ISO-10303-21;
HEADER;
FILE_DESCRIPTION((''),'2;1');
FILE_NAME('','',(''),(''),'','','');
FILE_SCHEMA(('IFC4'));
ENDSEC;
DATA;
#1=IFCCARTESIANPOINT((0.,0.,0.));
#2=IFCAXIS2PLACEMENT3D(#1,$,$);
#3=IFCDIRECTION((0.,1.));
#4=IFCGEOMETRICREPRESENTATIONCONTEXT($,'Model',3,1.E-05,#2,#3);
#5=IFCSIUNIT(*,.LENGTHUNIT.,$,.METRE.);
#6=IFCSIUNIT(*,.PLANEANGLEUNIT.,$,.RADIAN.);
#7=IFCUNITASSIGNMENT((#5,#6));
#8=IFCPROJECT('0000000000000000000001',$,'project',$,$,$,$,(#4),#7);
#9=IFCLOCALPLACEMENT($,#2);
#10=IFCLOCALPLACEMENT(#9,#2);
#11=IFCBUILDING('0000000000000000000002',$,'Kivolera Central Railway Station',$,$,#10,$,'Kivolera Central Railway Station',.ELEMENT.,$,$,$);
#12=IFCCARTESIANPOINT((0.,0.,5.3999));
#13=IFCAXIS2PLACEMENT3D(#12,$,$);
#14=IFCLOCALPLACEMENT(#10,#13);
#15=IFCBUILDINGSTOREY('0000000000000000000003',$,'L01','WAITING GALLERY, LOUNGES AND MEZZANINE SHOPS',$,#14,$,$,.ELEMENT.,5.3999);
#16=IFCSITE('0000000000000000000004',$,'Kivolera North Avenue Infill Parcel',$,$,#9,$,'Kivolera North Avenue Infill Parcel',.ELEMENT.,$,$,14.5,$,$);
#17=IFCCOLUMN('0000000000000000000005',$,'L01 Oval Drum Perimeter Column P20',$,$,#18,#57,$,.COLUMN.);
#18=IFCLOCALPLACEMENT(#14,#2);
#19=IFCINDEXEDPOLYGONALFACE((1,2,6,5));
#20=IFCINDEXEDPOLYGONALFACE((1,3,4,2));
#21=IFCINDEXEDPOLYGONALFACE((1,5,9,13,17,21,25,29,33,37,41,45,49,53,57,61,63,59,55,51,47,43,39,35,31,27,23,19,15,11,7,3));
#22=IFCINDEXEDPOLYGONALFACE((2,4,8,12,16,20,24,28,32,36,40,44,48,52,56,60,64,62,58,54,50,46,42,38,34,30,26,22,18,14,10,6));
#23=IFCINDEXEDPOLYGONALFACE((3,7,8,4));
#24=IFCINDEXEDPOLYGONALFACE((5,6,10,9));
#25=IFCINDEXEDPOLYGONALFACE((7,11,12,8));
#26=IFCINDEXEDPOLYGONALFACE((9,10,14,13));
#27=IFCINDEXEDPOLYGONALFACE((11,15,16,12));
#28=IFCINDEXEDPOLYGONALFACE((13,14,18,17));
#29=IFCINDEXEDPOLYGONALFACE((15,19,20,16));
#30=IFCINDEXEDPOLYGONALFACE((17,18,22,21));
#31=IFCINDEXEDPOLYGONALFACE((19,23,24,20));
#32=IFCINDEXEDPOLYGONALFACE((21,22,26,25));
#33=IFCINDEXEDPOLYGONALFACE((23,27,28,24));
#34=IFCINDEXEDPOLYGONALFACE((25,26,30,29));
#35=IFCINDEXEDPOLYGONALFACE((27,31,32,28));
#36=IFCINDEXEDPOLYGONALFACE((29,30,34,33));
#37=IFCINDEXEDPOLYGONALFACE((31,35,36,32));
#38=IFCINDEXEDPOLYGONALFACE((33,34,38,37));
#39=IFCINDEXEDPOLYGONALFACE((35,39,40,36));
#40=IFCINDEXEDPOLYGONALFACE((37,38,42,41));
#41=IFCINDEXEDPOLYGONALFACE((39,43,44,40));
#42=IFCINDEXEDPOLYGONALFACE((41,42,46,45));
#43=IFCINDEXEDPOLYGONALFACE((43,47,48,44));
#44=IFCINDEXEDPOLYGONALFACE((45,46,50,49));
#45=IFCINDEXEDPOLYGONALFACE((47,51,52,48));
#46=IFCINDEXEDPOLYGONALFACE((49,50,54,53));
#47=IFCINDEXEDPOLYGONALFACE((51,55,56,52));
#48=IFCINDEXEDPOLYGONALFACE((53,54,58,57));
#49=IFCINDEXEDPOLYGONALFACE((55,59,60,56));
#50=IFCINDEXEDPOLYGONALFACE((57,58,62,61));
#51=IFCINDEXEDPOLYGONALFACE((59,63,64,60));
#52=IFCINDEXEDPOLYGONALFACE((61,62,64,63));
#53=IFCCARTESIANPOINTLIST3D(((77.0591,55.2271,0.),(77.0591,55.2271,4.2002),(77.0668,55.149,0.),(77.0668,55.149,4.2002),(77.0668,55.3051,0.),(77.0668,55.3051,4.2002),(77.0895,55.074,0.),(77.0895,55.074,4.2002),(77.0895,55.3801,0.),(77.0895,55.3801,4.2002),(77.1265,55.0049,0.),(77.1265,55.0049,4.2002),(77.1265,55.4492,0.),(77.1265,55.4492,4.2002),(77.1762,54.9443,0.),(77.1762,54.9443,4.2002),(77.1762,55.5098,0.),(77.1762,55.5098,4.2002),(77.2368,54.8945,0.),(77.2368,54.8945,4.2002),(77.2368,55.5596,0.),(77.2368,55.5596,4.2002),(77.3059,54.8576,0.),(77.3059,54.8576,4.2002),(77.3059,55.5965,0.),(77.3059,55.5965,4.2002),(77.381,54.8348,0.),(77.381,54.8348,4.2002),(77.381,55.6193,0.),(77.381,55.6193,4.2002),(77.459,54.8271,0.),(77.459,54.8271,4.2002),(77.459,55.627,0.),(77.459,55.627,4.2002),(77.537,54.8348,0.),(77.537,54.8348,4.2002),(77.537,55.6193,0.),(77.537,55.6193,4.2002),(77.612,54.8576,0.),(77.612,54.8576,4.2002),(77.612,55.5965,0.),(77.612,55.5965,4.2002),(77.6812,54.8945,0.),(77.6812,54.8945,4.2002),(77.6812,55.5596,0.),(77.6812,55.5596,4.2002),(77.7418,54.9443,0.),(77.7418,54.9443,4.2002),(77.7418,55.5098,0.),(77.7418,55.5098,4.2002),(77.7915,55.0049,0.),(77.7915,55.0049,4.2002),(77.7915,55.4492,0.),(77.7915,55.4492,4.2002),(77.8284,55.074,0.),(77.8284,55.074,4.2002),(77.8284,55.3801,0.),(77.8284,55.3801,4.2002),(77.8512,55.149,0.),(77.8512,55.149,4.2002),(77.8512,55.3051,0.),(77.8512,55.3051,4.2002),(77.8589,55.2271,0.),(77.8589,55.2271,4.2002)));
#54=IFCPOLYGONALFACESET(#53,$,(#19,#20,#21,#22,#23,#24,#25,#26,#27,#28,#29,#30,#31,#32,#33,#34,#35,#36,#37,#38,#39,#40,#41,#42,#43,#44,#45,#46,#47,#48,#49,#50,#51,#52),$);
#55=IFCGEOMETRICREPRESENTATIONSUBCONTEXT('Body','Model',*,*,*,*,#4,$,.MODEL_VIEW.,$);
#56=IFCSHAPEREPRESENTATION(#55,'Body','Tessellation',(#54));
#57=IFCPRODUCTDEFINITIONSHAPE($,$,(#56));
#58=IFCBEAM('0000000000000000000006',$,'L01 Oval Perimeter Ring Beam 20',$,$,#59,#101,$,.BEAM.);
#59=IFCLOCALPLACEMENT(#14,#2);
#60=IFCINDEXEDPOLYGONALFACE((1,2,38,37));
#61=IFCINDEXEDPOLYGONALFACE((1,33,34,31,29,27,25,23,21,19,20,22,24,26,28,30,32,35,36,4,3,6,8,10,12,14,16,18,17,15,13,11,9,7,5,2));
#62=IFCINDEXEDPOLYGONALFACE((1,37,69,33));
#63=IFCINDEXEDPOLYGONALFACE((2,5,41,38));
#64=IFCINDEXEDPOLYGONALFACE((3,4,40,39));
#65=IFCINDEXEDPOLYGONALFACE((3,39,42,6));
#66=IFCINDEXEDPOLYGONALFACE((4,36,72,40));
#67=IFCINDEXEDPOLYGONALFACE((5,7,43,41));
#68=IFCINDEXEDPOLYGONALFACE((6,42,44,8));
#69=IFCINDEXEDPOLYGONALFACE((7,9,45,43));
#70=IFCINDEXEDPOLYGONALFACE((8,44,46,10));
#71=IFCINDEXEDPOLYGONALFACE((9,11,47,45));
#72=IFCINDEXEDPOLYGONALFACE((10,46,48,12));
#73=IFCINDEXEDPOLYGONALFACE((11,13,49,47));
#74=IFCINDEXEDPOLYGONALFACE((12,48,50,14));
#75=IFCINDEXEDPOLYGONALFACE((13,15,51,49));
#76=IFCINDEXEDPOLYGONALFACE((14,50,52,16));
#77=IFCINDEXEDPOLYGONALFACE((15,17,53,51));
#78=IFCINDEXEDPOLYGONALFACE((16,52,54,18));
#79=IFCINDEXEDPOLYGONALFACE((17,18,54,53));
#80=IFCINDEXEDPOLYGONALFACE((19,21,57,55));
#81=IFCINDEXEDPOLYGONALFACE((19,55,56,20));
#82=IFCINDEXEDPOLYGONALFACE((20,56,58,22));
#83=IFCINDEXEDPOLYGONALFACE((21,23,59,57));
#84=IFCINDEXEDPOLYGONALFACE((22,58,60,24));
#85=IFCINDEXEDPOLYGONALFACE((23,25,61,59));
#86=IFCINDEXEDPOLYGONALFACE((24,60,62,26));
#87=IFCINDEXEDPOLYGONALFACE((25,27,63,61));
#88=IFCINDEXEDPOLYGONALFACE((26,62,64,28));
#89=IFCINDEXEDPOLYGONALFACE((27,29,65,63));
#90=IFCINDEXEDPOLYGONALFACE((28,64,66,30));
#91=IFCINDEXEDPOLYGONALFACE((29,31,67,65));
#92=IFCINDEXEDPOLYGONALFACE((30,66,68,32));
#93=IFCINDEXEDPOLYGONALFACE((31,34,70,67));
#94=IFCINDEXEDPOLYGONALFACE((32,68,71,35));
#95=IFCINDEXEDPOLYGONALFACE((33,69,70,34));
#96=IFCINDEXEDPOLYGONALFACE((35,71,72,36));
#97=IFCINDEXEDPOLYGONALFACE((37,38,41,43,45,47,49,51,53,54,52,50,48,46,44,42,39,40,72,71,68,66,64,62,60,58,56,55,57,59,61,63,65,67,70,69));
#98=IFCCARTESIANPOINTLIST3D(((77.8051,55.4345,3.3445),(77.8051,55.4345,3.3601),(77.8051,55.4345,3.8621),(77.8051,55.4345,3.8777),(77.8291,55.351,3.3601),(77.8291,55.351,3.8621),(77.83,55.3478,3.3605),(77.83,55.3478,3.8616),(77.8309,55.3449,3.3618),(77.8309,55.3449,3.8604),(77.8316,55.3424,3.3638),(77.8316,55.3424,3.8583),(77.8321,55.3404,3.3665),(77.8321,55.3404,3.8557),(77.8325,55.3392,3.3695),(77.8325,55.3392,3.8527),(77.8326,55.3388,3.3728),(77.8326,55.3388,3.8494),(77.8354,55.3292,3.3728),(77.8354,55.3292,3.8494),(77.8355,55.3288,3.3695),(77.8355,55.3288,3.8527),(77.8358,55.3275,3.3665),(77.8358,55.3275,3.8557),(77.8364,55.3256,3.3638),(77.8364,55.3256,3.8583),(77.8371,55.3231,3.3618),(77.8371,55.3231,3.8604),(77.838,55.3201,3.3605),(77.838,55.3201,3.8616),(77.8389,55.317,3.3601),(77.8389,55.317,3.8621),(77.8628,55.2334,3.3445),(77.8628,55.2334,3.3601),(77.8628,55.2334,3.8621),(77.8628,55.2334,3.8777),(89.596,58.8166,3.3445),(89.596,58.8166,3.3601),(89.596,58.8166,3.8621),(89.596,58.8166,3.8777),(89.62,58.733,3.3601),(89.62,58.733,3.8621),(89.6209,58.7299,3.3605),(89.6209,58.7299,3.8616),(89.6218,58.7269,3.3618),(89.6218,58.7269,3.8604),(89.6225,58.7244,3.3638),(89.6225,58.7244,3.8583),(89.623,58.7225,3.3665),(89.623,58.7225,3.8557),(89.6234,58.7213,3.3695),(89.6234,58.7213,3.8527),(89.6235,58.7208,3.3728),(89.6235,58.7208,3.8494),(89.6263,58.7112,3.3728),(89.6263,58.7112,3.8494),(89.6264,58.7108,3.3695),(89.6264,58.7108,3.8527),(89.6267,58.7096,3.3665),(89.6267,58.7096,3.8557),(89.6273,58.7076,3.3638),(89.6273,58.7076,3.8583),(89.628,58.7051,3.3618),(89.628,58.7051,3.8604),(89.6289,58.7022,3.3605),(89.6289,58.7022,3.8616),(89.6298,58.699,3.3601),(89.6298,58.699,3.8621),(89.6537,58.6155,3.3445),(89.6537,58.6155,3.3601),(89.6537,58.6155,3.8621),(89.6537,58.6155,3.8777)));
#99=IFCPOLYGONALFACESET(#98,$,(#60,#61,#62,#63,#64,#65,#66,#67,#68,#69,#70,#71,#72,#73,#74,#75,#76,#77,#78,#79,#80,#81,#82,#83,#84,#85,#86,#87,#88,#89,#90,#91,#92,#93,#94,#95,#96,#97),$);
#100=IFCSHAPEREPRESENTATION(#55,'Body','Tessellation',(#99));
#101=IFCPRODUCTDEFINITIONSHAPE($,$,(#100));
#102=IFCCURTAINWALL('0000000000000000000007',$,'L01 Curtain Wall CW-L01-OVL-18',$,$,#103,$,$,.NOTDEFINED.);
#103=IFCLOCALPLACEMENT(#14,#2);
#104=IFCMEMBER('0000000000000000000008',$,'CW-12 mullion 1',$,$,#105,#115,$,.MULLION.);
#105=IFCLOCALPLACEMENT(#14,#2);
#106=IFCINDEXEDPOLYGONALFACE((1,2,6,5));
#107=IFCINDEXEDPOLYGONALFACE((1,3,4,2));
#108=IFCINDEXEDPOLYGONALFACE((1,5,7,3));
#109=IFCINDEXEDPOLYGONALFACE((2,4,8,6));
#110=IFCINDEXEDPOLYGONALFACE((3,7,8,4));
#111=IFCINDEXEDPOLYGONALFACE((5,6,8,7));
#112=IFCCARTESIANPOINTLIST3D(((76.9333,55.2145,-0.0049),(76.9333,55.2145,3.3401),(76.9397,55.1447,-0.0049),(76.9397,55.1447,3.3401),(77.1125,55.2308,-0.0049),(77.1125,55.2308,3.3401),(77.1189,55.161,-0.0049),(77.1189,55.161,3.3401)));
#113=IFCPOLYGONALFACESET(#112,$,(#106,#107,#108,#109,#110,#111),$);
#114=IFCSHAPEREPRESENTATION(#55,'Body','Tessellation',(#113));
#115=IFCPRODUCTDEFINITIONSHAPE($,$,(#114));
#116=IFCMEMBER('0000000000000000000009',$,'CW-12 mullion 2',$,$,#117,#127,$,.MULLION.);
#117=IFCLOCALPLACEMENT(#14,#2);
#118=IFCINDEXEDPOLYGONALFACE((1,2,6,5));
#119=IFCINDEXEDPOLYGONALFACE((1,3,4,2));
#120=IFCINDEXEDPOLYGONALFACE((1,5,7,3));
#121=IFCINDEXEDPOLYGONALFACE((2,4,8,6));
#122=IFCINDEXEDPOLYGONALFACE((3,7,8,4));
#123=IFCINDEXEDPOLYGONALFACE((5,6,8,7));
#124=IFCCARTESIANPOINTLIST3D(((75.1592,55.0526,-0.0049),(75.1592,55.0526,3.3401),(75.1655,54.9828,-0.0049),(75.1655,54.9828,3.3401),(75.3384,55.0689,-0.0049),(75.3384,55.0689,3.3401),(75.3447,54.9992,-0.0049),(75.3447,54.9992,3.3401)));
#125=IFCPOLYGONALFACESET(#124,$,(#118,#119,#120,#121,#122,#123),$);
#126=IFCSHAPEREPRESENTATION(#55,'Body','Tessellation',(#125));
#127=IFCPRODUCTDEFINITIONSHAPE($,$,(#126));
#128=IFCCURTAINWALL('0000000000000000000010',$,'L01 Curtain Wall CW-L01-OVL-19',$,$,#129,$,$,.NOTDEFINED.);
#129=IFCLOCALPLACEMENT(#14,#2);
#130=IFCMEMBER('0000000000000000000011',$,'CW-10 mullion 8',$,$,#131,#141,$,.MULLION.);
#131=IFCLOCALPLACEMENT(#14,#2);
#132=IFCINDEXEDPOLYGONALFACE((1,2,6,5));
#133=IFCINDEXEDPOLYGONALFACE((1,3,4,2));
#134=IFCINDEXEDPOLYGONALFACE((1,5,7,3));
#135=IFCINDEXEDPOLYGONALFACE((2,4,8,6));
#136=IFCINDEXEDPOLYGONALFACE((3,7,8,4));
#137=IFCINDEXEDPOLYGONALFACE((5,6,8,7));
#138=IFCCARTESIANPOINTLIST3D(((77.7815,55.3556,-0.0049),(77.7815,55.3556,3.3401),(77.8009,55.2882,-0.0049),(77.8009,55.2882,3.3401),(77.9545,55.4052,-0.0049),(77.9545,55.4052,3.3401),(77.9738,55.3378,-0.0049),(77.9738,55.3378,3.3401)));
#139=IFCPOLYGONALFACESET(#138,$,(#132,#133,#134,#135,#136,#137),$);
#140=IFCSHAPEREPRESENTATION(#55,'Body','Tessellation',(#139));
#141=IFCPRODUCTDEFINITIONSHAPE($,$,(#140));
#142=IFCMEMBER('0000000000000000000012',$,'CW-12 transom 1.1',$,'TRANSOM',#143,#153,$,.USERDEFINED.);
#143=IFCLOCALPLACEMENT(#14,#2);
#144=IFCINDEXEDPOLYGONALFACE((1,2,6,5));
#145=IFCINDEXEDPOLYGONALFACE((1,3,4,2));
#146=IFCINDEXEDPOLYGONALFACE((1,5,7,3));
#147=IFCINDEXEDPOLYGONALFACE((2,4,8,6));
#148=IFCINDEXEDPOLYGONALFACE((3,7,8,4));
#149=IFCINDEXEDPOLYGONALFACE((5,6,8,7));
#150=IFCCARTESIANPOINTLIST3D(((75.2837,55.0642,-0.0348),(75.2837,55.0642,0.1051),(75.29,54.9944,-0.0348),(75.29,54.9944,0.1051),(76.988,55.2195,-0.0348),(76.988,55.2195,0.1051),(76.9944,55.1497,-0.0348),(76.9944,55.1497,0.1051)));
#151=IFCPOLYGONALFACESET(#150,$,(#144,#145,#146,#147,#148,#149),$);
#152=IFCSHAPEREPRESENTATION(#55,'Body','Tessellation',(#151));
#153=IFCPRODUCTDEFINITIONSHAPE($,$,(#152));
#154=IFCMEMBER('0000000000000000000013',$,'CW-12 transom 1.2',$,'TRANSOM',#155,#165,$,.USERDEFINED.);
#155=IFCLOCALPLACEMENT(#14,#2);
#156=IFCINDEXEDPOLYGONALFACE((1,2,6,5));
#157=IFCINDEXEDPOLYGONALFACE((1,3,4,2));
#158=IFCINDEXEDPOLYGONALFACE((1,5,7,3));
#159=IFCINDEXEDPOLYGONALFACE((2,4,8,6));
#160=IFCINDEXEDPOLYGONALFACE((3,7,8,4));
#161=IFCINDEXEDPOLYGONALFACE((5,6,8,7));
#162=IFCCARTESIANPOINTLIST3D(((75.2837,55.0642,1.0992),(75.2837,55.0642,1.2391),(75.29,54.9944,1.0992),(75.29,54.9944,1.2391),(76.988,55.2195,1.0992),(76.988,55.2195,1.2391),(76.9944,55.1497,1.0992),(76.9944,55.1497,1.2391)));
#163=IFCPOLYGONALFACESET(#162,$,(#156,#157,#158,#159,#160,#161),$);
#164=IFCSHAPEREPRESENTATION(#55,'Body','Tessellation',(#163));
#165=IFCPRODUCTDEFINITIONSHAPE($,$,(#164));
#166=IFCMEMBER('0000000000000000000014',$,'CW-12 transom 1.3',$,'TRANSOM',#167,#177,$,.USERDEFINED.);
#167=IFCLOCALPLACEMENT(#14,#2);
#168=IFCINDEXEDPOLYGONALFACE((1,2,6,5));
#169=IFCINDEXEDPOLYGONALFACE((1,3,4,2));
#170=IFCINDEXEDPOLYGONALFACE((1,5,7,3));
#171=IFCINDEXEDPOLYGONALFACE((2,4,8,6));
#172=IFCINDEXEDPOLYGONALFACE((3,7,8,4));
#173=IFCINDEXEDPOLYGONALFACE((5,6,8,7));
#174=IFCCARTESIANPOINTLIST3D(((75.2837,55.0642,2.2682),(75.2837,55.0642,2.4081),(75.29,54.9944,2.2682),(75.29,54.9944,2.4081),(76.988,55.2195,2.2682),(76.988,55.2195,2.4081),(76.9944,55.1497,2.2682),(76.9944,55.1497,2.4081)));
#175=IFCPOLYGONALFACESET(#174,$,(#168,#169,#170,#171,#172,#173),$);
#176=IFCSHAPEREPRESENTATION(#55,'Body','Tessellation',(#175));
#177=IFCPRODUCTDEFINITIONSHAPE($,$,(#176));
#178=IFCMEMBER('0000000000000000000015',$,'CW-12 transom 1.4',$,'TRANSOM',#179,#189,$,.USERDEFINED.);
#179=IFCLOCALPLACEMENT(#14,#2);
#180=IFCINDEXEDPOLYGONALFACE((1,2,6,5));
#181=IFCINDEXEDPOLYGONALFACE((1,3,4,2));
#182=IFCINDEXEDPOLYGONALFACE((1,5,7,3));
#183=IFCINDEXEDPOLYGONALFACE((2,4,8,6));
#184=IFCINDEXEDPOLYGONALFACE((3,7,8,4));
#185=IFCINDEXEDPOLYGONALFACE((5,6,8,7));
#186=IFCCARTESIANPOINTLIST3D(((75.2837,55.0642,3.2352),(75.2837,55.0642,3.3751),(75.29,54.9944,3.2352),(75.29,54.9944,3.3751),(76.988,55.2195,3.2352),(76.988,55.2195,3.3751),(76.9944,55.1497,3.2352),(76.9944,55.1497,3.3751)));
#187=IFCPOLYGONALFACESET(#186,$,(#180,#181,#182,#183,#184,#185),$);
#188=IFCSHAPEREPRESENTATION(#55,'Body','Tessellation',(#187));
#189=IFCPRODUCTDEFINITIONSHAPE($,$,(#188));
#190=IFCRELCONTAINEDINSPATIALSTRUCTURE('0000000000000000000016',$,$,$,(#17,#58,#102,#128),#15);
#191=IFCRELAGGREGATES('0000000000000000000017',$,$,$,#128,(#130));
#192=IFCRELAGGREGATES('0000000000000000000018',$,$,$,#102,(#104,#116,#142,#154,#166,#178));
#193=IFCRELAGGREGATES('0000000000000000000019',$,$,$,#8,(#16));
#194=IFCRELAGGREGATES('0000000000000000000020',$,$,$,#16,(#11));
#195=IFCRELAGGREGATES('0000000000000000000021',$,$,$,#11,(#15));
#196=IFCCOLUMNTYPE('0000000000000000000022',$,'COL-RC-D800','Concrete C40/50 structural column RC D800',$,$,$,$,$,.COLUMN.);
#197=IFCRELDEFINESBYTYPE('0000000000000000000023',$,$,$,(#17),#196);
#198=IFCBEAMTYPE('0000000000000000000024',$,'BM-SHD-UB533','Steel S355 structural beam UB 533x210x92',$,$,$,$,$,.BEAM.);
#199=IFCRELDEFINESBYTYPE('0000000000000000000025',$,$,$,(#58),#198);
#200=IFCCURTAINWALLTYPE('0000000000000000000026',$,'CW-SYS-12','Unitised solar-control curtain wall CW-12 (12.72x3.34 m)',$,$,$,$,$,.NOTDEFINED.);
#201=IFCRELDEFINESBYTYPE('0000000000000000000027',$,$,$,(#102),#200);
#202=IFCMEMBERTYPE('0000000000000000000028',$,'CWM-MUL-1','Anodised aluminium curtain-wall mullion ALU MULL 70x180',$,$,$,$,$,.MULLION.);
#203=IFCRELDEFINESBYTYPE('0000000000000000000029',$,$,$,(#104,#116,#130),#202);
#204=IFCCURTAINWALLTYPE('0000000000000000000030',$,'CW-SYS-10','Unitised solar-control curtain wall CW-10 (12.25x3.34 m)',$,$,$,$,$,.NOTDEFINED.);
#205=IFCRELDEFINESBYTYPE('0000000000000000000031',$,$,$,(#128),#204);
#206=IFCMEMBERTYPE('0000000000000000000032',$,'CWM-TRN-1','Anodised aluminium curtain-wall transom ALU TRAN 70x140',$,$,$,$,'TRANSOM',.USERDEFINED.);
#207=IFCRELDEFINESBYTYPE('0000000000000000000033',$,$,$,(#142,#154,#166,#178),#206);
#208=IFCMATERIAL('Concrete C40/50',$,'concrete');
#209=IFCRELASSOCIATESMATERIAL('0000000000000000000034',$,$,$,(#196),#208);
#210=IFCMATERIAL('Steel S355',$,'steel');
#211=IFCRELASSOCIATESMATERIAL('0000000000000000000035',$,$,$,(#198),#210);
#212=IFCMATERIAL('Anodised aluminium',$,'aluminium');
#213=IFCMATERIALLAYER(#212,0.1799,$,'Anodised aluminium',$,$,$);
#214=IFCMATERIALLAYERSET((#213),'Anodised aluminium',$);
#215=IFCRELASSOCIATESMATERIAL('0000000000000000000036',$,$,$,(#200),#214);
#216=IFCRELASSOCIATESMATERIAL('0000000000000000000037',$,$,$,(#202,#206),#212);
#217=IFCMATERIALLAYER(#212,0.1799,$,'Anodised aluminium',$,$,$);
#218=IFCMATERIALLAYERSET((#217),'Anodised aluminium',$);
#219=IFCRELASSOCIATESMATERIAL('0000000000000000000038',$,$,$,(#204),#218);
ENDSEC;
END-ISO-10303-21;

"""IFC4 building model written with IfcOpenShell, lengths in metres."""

from ifc_helpers import new_model, si_unit, direction, frame, origin, origin_2d, place, context, subcontext, project, spatial, rectangle, circle, i_section, extrude, material, layer, layer_set, material_profile, profile_set, type_object, element, aggregate, save


model = new_model("IFC4")

# Units and contexts
model_context = context("Model", 3, precision=1e-05, world=origin(), true_north=direction((0.0, 1.0)))
body_context = subcontext(model_context, "Body", "Model", "MODEL_VIEW")
ifc_project = project(units=[si_unit("LENGTHUNIT", "METRE"), si_unit("PLANEANGLEUNIT", "RADIAN")], contexts=[model_context])

# Site, building, storey
site_placement = place(None, origin())
site = spatial("IfcSite", under=ifc_project, at=site_placement, Name="Kivolera North Avenue Infill Parcel", LongName="Kivolera North Avenue Infill Parcel", CompositionType="ELEMENT", RefElevation=14.5)
building_placement = place(site_placement, origin())
building = spatial("IfcBuilding", under=site, at=building_placement, Name="Kivolera Central Railway Station", LongName="Kivolera Central Railway Station", CompositionType="ELEMENT")
storey_placement = place(building_placement, frame((0.0, 0.0, 5.3999)))
storey = spatial("IfcBuildingStorey", under=building, at=storey_placement, Name="L01", Description="WAITING GALLERY, LOUNGES AND MEZZANINE SHOPS", CompositionType="ELEMENT", Elevation=5.3999)

# Column
ifc_material_1 = material(Name="Concrete C40/50", Category="concrete")
ifc_material_profile_1 = material_profile(ifc_material_1, circle(Radius=0.3999, at=origin_2d()), Name="RC D800")
ifc_profile_set_1 = profile_set([ifc_material_profile_1], Name="Concrete C40/50")
column_type = type_object("IfcColumnType", Name="COL-RC-D800", Description="Concrete C40/50 structural column RC D800", PredefinedType="COLUMN", material=ifc_profile_set_1)
column_placement = place(storey_placement, frame((77.459, 55.2271, 0.0), z_axis=(0.0, 0.0, 1.0), x_axis=(1.0, 0.0, 0.0)))
element("IfcColumn", 1, at=column_placement, inside=storey, type_object=column_type, Name="L01 Oval Drum Perimeter Column P20", PredefinedType="COLUMN", context=body_context, shape_type="SweptSolid", body=[
    extrude(circle(Radius=0.3999, at=origin_2d()), origin(), (0.0, 0.0, 1.0), 4.2002),
])

# Beam
ifc_material_2 = material(Name="Steel S355", Category="steel")
ifc_material_profile_2 = material_profile(ifc_material_2, i_section(OverallWidth=0.2092, OverallDepth=0.5332, WebThickness=0.01, FlangeThickness=0.0156, FilletRadius=0.0127, at=origin_2d()), Name="UB 533x210x92")
ifc_profile_set_2 = profile_set([ifc_material_profile_2], Name="Steel S355")
beam_type = type_object("IfcBeamType", Name="BM-SHD-UB533", Description="Steel S355 structural beam UB 533x210x92", PredefinedType="BEAM", material=ifc_profile_set_2)
beam_placement = place(storey_placement, frame((77.834, 55.334, 3.6111), z_axis=(0.961239, 0.275717, 0.0), x_axis=(-0.275717, 0.961239, 0.0)))
element("IfcBeam", 2, at=beam_placement, inside=storey, type_object=beam_type, Name="L01 Oval Perimeter Ring Beam 20", PredefinedType="BEAM", context=body_context, shape_type="SweptSolid", body=[
    extrude(i_section(OverallWidth=0.2092, OverallDepth=0.5332, WebThickness=0.01, FlangeThickness=0.0156, FilletRadius=0.0127, at=origin_2d()), origin(), (0.0, 0.0, 1.0), 12.2664),
])

# Curtain wall, members
ifc_material_3 = material(Name="Anodised aluminium", Category="aluminium")
ifc_layer_1 = layer(ifc_material_3, 0.1799, Name="Anodised aluminium")
ifc_layer_set_1 = layer_set([ifc_layer_1], Name="Anodised aluminium")
curtain_wall_type_1 = type_object("IfcCurtainWallType", Name="CW-SYS-12", Description="Unitised solar-control curtain wall CW-12 (12.72x3.34 m)", PredefinedType="NOTDEFINED", material=ifc_layer_set_1)
curtain_wall_1_placement = place(storey_placement, origin())
curtain_wall_1 = element("IfcCurtainWall", 3, at=curtain_wall_1_placement, inside=storey, type_object=curtain_wall_type_1, Name="L01 Curtain Wall CW-L01-OVL-18", PredefinedType="NOTDEFINED")
ifc_material_profile_3 = material_profile(ifc_material_3, rectangle(XDim=0.0701, YDim=0.1799, at=origin_2d()), Name="ALU MULL 70x180")
ifc_profile_set_3 = profile_set([ifc_material_profile_3], Name="Anodised aluminium")
member_type_1 = type_object("IfcMemberType", Name="CWM-MUL-1", Description="Anodised aluminium curtain-wall mullion ALU MULL 70x180", PredefinedType="MULLION", material=ifc_profile_set_3)
member_1_placement = place(storey_placement, frame((77.0261, 55.1877, -0.0049), z_axis=(0.0, 0.0, 1.0), x_axis=(0.090834, -0.995866, 0.0)))
member_1 = element("IfcMember", 4, at=member_1_placement, type_object=member_type_1, Name="CW-12 mullion 1", PredefinedType="MULLION", context=body_context, shape_type="SweptSolid", body=[
    extrude(rectangle(XDim=0.0701, YDim=0.1799, at=origin_2d()), origin(), (0.0, 0.0, 1.0), 3.345),
])
member_2_placement = place(storey_placement, frame((75.252, 55.0259, -0.0049), z_axis=(0.0, 0.0, 1.0), x_axis=(0.090834, -0.995866, 0.0)))
member_2 = element("IfcMember", 5, at=member_2_placement, type_object=member_type_1, Name="CW-12 mullion 2", PredefinedType="MULLION", context=body_context, shape_type="SweptSolid", body=[
    extrude(rectangle(XDim=0.0701, YDim=0.1799, at=origin_2d()), origin(), (0.0, 0.0, 1.0), 3.345),
])

# Curtain wall, member
ifc_layer_2 = layer(ifc_material_3, 0.1799, Name="Anodised aluminium")
ifc_layer_set_2 = layer_set([ifc_layer_2], Name="Anodised aluminium")
curtain_wall_type_2 = type_object("IfcCurtainWallType", Name="CW-SYS-10", Description="Unitised solar-control curtain wall CW-10 (12.25x3.34 m)", PredefinedType="NOTDEFINED", material=ifc_layer_set_2)
curtain_wall_2_placement = place(storey_placement, origin())
curtain_wall_2 = element("IfcCurtainWall", 6, at=curtain_wall_2_placement, inside=storey, type_object=curtain_wall_type_2, Name="L01 Curtain Wall CW-L01-OVL-19", PredefinedType="NOTDEFINED")
member_3_placement = place(storey_placement, frame((77.8777, 55.3467, -0.0049), z_axis=(0.0, 0.0, 1.0), x_axis=(0.275692, -0.961246, 0.0)))
member_3 = element("IfcMember", 7, at=member_3_placement, type_object=member_type_1, Name="CW-10 mullion 8", PredefinedType="MULLION", context=body_context, shape_type="SweptSolid", body=[
    extrude(rectangle(XDim=0.0701, YDim=0.1799, at=origin_2d()), origin(), (0.0, 0.0, 1.0), 3.345),
])

# Members
ifc_material_profile_4 = material_profile(ifc_material_3, rectangle(XDim=0.0701, YDim=0.1399, at=origin_2d()), Name="ALU TRAN 70x140")
ifc_profile_set_4 = profile_set([ifc_material_profile_4], Name="Anodised aluminium")
member_type_2 = type_object("IfcMemberType", Name="CWM-TRN-1", Description="Anodised aluminium curtain-wall transom ALU TRAN 70x140", ElementType="TRANSOM", PredefinedType="USERDEFINED", material=ifc_profile_set_4)
member_4_placement = place(storey_placement, frame((76.9912, 55.1846, 0.0352), z_axis=(-0.995876, -0.090729, 0.0), x_axis=(0.090729, -0.995876, 0.0)))
member_4 = element("IfcMember", 8, at=member_4_placement, type_object=member_type_2, Name="CW-12 transom 1.1", ObjectType="TRANSOM", PredefinedType="USERDEFINED", context=body_context, shape_type="SweptSolid", body=[
    extrude(rectangle(XDim=0.0701, YDim=0.1399, at=origin_2d()), origin(), (0.0, 0.0, 1.0), 1.7114),
])
member_5_placement = place(storey_placement, frame((76.9912, 55.1846, 1.1692), z_axis=(-0.995876, -0.090729, 0.0), x_axis=(0.090729, -0.995876, 0.0)))
member_5 = element("IfcMember", 9, at=member_5_placement, type_object=member_type_2, Name="CW-12 transom 1.2", ObjectType="TRANSOM", PredefinedType="USERDEFINED", context=body_context, shape_type="SweptSolid", body=[
    extrude(rectangle(XDim=0.0701, YDim=0.1399, at=origin_2d()), origin(), (0.0, 0.0, 1.0), 1.7114),
])
member_6_placement = place(storey_placement, frame((76.9912, 55.1846, 2.3381), z_axis=(-0.995876, -0.090729, 0.0), x_axis=(0.090729, -0.995876, 0.0)))
member_6 = element("IfcMember", 10, at=member_6_placement, type_object=member_type_2, Name="CW-12 transom 1.3", ObjectType="TRANSOM", PredefinedType="USERDEFINED", context=body_context, shape_type="SweptSolid", body=[
    extrude(rectangle(XDim=0.0701, YDim=0.1399, at=origin_2d()), origin(), (0.0, 0.0, 1.0), 1.7114),
])
member_7_placement = place(storey_placement, frame((76.9912, 55.1846, 3.3052), z_axis=(-0.995876, -0.090729, 0.0), x_axis=(0.090729, -0.995876, 0.0)))
member_7 = element("IfcMember", 11, at=member_7_placement, type_object=member_type_2, Name="CW-12 transom 1.4", ObjectType="TRANSOM", PredefinedType="USERDEFINED", context=body_context, shape_type="SweptSolid", body=[
    extrude(rectangle(XDim=0.0701, YDim=0.1399, at=origin_2d()), origin(), (0.0, 0.0, 1.0), 1.7114),
])

aggregate(curtain_wall_2, [member_3])
aggregate(curtain_wall_1, [member_1, member_2, member_4, member_5, member_6, member_7])

save(model, "model.ifc")
